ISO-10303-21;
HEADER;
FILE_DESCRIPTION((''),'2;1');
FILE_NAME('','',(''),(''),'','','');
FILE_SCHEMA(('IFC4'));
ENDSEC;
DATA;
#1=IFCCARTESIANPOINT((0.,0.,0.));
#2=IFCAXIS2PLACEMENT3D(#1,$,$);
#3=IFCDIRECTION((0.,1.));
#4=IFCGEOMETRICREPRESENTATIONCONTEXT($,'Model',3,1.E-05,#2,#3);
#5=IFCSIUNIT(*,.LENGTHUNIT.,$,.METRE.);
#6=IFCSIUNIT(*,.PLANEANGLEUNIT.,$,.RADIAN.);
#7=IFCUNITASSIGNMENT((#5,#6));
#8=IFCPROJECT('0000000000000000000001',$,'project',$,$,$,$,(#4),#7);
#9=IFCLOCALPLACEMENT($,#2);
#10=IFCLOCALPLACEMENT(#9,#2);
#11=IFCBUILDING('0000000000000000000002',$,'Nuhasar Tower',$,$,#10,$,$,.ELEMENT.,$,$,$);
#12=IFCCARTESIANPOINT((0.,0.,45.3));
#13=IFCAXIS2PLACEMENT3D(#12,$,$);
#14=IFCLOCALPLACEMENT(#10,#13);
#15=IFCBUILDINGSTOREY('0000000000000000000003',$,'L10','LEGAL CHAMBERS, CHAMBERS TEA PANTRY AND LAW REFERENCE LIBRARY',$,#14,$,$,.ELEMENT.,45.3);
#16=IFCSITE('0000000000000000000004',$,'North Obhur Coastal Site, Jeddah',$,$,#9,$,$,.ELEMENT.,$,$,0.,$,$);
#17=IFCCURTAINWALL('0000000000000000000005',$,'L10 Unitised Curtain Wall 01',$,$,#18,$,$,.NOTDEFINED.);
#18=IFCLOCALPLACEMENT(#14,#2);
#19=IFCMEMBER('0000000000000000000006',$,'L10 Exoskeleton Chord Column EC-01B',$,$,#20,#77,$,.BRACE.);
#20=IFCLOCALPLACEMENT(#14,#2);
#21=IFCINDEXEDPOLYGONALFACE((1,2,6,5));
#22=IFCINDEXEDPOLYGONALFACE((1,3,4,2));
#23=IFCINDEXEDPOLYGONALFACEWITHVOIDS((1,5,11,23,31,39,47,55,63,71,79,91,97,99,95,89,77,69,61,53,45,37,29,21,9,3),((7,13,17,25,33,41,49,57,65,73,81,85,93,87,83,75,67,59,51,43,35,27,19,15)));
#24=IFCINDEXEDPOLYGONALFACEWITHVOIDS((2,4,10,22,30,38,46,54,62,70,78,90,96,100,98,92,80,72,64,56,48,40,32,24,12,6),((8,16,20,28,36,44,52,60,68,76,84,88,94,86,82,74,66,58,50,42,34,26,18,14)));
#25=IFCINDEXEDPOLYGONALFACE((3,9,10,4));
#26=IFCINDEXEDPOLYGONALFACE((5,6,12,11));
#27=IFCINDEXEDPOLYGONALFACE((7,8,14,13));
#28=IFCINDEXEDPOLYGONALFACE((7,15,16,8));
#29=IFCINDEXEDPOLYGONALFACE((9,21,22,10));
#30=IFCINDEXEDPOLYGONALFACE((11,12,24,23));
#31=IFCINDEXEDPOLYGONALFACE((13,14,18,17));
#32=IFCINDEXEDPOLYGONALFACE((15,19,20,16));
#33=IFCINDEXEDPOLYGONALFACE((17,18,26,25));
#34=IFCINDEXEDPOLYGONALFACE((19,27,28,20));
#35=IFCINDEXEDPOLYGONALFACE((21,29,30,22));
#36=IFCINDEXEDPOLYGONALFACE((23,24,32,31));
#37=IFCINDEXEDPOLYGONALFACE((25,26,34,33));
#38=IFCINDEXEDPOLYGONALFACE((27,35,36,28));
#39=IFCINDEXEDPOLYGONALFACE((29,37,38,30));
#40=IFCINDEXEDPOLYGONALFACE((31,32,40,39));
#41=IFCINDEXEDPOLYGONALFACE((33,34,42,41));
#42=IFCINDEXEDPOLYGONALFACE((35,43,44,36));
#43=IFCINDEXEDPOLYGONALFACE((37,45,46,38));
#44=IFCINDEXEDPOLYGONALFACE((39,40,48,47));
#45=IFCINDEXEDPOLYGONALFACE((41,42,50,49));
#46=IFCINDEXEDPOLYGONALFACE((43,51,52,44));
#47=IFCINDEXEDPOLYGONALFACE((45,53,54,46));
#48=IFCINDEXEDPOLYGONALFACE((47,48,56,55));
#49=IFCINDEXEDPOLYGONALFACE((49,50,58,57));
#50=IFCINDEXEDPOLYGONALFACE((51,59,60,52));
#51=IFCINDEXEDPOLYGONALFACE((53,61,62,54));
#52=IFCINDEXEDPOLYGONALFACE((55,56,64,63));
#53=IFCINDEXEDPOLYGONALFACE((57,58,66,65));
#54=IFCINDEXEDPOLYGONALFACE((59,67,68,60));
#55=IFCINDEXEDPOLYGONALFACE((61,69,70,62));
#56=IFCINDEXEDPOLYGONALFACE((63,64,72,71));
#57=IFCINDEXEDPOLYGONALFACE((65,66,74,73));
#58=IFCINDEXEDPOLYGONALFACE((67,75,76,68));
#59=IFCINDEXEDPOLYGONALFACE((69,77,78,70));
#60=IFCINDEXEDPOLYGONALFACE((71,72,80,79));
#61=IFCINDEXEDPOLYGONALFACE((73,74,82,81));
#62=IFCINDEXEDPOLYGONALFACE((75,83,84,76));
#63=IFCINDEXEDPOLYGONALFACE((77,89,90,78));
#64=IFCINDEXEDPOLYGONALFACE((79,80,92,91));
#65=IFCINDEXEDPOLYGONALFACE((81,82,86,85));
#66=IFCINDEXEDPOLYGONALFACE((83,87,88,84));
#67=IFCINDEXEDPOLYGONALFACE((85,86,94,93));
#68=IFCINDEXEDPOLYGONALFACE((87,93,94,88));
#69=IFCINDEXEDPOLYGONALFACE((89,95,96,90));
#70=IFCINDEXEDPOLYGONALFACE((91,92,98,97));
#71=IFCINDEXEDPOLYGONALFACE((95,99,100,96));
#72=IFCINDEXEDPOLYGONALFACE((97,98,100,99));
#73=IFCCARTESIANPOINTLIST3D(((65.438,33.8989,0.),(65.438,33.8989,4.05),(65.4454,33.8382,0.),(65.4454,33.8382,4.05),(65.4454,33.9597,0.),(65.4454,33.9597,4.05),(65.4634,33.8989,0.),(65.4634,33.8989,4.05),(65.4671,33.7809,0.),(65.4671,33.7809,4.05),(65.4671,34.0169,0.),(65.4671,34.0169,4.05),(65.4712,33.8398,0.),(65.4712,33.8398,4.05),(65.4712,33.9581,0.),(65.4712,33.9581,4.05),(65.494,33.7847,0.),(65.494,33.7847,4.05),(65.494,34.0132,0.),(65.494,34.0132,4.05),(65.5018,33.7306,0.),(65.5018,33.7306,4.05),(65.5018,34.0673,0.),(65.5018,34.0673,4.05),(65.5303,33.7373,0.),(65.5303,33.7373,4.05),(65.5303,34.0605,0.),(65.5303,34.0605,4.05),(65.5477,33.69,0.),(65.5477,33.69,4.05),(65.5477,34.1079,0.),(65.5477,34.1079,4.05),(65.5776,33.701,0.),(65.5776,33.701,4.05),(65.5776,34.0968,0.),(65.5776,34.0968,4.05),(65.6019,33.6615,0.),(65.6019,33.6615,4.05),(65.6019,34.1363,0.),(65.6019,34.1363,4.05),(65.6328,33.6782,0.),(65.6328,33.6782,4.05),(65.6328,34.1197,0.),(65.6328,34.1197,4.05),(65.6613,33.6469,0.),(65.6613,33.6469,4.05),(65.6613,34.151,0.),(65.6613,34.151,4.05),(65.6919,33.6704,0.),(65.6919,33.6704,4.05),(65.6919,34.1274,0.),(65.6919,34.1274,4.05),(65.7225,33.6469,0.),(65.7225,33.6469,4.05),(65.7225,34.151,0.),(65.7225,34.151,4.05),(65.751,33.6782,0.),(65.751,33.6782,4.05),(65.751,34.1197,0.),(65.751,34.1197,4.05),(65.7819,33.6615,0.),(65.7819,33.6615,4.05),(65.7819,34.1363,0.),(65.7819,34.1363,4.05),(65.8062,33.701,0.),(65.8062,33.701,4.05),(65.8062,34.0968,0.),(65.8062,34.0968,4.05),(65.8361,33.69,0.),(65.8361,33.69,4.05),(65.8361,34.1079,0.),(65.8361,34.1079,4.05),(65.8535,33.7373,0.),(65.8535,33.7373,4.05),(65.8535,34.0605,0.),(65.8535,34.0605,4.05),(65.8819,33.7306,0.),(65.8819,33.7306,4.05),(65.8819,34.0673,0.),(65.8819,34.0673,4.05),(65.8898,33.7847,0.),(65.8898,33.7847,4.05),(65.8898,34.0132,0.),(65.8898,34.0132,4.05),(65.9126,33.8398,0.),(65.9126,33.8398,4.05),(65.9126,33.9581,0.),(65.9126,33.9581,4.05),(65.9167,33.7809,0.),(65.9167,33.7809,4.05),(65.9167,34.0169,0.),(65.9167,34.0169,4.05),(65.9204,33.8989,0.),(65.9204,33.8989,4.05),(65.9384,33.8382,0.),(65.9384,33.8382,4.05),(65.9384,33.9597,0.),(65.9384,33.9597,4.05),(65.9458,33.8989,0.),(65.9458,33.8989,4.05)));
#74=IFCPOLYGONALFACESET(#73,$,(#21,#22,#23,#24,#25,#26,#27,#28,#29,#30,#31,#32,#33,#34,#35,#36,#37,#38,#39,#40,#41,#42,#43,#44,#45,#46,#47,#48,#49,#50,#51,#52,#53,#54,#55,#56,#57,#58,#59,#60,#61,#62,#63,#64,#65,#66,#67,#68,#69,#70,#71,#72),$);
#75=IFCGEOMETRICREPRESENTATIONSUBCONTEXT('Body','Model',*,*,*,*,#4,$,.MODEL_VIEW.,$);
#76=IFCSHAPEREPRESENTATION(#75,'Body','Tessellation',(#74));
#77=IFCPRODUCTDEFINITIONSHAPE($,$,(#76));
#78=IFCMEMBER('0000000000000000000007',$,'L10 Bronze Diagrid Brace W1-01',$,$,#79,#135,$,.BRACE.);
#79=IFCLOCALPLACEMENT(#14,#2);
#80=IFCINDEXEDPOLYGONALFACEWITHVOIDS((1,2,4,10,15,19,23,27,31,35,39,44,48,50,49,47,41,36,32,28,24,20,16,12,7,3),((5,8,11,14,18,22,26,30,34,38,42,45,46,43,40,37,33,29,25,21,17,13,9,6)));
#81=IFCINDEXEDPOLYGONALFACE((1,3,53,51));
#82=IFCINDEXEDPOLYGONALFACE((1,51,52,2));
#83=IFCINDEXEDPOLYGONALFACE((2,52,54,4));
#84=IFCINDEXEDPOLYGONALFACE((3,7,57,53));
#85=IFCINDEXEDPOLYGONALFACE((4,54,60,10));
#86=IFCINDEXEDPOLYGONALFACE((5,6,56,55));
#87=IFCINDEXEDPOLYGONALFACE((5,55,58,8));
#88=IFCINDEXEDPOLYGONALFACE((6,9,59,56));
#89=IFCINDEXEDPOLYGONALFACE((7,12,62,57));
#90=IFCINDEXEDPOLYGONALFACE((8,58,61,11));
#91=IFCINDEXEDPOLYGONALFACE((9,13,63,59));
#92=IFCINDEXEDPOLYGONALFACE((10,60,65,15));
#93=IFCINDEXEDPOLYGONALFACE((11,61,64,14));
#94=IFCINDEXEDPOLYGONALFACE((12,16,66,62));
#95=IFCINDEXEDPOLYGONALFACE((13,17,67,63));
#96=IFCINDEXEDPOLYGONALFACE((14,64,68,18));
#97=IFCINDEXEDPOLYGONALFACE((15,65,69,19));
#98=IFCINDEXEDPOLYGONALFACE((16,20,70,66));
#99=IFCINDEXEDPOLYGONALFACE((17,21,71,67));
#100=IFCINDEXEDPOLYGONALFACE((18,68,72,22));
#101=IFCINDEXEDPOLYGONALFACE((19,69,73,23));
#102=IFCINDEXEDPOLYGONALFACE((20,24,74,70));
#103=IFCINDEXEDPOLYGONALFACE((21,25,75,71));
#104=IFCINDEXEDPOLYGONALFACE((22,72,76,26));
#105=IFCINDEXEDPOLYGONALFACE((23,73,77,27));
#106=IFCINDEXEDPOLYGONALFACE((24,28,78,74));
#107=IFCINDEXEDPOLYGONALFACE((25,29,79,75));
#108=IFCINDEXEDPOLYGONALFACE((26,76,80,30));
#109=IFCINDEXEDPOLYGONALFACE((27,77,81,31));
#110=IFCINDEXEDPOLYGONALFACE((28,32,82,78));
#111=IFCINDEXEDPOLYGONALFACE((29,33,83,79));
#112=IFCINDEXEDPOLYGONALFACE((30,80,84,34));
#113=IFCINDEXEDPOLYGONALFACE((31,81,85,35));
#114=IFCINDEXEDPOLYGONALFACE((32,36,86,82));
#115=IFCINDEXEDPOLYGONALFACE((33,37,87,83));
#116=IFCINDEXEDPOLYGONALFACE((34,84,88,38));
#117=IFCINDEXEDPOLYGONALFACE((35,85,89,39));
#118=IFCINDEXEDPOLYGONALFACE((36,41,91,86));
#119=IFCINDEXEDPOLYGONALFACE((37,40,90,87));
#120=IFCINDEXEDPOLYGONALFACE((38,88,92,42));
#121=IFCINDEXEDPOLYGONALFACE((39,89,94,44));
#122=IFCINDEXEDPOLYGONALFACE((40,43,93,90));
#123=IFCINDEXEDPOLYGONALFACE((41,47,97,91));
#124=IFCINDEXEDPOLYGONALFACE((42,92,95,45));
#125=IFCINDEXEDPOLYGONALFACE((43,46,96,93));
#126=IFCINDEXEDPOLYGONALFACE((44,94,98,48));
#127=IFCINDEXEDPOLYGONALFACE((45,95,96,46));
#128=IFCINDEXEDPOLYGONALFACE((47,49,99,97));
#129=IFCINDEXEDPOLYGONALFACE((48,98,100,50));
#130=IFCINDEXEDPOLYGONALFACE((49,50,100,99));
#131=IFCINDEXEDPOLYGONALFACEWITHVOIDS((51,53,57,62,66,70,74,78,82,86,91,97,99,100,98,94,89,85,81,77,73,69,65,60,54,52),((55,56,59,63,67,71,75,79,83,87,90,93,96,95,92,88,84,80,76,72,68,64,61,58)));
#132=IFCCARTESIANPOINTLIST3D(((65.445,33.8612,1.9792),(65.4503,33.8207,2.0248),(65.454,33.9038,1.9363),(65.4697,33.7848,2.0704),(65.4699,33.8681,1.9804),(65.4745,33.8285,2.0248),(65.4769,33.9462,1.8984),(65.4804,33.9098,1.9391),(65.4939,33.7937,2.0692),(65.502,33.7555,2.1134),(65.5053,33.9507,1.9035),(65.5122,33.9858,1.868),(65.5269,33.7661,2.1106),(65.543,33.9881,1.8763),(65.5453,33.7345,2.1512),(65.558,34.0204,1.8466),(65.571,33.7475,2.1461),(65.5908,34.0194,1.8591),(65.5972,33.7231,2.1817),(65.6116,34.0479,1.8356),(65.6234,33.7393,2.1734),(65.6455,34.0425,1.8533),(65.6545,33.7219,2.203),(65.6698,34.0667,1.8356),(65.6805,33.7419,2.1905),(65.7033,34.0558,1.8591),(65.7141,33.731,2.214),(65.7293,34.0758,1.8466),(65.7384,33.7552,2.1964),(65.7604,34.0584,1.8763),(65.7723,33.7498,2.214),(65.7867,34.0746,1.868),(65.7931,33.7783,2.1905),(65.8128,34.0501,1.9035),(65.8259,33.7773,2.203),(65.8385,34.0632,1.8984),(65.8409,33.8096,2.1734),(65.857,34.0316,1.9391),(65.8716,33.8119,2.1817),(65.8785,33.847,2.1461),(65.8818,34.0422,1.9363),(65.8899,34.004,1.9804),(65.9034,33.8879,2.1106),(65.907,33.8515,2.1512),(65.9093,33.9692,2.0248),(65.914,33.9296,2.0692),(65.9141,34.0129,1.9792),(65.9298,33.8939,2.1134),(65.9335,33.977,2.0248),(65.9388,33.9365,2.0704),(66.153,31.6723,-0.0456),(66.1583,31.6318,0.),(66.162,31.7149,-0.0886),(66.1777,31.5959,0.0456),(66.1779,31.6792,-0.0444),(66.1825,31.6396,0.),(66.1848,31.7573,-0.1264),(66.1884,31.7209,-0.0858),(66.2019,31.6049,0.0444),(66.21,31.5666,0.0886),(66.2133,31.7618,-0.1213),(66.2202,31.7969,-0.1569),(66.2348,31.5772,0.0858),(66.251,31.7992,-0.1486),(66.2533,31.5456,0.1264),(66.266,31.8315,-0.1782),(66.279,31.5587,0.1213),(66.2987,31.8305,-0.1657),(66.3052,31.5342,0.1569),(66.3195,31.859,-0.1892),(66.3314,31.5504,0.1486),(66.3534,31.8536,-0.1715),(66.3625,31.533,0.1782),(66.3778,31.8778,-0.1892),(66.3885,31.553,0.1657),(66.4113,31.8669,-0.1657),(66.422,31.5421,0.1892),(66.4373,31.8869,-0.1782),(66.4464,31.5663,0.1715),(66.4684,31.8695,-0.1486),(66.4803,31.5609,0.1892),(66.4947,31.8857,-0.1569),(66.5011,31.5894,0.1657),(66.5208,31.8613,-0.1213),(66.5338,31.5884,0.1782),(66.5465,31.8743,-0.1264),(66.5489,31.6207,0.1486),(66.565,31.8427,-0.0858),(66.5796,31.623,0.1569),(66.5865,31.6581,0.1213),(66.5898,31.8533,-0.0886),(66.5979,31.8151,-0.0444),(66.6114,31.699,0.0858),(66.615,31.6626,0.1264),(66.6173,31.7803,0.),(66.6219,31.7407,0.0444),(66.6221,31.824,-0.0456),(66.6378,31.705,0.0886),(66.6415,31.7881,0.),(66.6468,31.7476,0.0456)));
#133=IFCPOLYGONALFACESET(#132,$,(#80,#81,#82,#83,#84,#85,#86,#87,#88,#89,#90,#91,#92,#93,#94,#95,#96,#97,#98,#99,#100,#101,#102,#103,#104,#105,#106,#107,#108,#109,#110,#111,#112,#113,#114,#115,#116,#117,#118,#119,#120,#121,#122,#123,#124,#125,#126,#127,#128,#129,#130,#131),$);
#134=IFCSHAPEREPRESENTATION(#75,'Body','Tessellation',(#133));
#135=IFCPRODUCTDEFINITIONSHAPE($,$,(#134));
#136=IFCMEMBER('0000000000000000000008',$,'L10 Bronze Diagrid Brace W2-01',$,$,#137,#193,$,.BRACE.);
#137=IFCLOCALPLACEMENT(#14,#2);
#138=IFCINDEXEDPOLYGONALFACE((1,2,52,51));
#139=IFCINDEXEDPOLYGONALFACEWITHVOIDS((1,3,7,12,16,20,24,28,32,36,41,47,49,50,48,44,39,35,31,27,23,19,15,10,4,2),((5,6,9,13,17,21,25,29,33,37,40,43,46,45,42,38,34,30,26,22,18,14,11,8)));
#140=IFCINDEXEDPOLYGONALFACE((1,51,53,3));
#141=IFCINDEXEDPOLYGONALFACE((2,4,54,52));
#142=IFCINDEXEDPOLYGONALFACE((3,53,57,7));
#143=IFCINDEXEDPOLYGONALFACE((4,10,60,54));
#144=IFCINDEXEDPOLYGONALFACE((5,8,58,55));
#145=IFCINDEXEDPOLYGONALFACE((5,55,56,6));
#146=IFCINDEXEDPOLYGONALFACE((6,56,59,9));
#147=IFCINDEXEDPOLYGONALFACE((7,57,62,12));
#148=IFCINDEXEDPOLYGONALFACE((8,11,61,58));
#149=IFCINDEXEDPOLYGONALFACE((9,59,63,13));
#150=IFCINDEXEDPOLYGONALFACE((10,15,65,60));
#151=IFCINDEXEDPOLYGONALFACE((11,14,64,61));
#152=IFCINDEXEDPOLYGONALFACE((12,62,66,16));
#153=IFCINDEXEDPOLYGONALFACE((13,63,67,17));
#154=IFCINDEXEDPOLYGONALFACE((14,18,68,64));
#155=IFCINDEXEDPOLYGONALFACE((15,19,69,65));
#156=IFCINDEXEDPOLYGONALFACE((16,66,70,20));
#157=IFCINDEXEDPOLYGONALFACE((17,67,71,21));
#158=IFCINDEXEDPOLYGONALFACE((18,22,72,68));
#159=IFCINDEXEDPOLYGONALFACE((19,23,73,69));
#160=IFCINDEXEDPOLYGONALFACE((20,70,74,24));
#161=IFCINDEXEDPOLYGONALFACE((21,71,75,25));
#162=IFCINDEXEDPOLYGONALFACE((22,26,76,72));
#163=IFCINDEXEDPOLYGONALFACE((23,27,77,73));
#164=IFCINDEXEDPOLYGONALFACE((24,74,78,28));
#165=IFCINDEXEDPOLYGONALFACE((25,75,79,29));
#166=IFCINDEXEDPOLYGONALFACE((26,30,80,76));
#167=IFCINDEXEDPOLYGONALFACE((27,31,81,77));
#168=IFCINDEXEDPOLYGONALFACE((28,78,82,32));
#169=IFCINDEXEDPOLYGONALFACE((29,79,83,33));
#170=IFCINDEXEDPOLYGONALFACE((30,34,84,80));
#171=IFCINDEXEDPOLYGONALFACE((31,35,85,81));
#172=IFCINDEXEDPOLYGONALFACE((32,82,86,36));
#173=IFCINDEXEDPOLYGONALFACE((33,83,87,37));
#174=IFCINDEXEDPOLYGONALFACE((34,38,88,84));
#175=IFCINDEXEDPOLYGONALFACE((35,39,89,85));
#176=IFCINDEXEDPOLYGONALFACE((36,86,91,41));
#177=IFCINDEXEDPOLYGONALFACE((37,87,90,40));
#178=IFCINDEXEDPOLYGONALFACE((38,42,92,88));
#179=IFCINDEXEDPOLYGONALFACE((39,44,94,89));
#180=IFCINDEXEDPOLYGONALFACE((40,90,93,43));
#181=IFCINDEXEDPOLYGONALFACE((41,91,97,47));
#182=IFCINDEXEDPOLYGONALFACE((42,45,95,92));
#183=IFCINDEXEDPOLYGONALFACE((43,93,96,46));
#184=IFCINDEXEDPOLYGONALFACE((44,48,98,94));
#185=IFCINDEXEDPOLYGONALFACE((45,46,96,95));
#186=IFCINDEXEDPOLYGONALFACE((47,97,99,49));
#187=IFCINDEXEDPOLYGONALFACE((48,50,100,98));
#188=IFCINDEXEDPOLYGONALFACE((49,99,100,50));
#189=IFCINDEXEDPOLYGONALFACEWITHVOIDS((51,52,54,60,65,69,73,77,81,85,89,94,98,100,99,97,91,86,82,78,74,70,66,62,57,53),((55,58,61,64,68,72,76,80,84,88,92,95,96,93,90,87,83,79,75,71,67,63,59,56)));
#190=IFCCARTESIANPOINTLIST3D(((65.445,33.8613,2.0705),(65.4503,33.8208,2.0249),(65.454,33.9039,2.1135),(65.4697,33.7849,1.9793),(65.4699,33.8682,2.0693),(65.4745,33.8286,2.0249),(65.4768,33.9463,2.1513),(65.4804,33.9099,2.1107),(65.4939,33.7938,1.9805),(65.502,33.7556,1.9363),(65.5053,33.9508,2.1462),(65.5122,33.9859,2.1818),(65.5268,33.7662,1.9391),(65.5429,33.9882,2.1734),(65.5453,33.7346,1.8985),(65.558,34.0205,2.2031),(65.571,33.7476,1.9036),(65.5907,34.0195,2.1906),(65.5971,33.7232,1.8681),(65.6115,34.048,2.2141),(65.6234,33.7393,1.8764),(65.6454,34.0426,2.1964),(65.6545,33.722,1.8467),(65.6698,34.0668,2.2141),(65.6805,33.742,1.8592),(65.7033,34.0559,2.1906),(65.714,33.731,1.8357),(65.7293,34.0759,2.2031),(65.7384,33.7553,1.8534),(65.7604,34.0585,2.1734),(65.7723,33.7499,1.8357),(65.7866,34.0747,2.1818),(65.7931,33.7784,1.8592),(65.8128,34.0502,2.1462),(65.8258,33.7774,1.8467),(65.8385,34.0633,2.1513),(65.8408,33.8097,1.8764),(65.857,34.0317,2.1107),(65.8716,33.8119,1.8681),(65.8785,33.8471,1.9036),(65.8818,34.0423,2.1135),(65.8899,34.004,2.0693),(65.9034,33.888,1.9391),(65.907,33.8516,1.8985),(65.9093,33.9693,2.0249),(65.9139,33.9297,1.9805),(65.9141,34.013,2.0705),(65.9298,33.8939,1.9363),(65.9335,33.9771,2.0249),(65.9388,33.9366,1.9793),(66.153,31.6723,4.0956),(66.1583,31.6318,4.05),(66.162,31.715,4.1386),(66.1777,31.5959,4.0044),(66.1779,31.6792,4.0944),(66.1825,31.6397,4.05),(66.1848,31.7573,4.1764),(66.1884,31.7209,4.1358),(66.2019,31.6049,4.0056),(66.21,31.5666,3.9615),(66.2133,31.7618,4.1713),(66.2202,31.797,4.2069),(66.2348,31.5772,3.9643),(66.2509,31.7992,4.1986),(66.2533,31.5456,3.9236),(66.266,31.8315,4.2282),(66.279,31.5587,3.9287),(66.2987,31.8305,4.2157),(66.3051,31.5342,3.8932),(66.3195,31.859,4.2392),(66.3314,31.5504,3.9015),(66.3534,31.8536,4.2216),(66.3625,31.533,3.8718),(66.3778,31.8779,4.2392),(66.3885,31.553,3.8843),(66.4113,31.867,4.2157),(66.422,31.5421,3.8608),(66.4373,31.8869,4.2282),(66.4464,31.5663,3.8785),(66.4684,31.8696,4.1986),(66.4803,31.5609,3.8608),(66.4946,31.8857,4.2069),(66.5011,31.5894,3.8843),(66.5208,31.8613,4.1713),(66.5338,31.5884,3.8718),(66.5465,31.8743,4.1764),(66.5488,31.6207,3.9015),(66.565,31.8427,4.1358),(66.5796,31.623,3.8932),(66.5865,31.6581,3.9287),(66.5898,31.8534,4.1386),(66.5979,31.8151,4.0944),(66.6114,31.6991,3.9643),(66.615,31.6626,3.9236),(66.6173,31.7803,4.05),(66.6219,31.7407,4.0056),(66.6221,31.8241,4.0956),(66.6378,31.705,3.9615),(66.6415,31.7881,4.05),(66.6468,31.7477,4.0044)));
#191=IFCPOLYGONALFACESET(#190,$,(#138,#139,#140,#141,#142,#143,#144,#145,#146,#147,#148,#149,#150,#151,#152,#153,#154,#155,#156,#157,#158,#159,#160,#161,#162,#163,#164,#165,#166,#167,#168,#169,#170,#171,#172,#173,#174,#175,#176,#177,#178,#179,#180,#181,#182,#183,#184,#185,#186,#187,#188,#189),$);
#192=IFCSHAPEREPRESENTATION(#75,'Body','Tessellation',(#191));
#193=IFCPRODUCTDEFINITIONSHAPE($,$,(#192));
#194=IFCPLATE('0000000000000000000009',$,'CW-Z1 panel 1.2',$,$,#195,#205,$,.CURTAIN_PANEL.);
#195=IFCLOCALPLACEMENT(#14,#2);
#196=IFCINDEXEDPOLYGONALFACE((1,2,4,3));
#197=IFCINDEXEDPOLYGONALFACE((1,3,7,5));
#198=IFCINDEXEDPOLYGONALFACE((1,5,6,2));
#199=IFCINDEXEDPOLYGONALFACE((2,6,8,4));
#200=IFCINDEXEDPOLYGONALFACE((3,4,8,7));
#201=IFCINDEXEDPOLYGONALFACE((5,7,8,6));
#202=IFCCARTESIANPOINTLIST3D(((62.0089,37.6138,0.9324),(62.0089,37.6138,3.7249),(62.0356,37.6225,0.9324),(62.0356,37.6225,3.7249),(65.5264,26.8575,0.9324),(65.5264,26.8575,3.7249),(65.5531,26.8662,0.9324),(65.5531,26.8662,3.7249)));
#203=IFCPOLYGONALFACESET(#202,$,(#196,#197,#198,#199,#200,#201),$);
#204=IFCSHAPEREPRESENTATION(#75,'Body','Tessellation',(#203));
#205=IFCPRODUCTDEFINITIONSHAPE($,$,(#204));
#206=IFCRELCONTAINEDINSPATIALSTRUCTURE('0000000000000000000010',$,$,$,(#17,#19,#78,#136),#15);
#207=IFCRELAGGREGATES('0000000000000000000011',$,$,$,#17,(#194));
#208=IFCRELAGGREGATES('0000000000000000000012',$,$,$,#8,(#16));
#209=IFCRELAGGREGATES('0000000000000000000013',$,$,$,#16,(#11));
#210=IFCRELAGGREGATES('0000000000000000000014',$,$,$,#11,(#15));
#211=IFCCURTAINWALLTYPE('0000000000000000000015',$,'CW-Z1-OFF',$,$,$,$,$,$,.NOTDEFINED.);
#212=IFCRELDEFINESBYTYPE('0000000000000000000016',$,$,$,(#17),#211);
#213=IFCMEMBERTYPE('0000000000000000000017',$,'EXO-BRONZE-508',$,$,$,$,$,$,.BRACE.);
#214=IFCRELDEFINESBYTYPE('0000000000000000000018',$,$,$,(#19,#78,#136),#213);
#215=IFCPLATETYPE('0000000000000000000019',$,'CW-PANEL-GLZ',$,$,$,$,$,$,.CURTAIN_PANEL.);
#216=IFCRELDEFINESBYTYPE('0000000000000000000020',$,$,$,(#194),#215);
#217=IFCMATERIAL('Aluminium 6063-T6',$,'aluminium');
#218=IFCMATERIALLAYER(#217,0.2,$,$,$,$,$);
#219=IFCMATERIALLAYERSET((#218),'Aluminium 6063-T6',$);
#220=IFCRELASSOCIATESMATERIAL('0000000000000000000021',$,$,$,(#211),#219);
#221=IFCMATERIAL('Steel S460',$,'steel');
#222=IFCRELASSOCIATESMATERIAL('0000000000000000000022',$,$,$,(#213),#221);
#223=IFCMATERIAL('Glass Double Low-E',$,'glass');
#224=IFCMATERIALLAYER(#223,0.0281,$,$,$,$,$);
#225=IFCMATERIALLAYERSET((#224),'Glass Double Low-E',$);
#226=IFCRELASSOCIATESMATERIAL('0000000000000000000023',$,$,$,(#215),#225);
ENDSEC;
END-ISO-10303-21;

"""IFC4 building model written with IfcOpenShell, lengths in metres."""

from ifc_helpers import new_model, si_unit, direction, frame, origin, origin_2d, place, context, subcontext, project, spatial, rectangle, hollow_circle, extrude, material, layer, layer_set, material_profile, profile_set, type_object, element, aggregate, save


model = new_model("IFC4")

# Units and contexts
model_context = context("Model", 3, precision=1e-05, world=origin(), true_north=direction((0.0, 1.0)))
body_context = subcontext(model_context, "Body", "Model", "MODEL_VIEW")
ifc_project = project(units=[si_unit("LENGTHUNIT", "METRE"), si_unit("PLANEANGLEUNIT", "RADIAN")], contexts=[model_context])

# Site, building, storey
site_placement = place(None, origin())
site = spatial("IfcSite", under=ifc_project, at=site_placement, Name="North Obhur Coastal Site, Jeddah", CompositionType="ELEMENT", RefElevation=0.0)
building_placement = place(site_placement, origin())
building = spatial("IfcBuilding", under=site, at=building_placement, Name="Nuhasar Tower", CompositionType="ELEMENT")
storey_placement = place(building_placement, frame((0.0, 0.0, 45.3)))
storey = spatial("IfcBuildingStorey", under=building, at=storey_placement, Name="L10", Description="LEGAL CHAMBERS, CHAMBERS TEA PANTRY AND LAW REFERENCE LIBRARY", CompositionType="ELEMENT", Elevation=45.3)

# Curtain wall
ifc_material_1 = material(Name="Aluminium 6063-T6", Category="aluminium")
ifc_layer_1 = layer(ifc_material_1, 0.2)
ifc_layer_set_1 = layer_set([ifc_layer_1], Name="Aluminium 6063-T6")
curtain_wall_type = type_object("IfcCurtainWallType", Name="CW-Z1-OFF", PredefinedType="NOTDEFINED", material=ifc_layer_set_1)
curtain_wall_placement = place(storey_placement, origin())
curtain_wall = element("IfcCurtainWall", 1, at=curtain_wall_placement, inside=storey, type_object=curtain_wall_type, Name="L10 Unitised Curtain Wall 01", PredefinedType="NOTDEFINED")

# Members
ifc_material_2 = material(Name="Steel S460", Category="steel")
ifc_material_profile_1 = material_profile(ifc_material_2, hollow_circle(Radius=0.2539, WallThickness=0.0254, at=origin_2d()), Name="HSS508X25.4")
ifc_profile_set_1 = profile_set([ifc_material_profile_1], Name="Steel S460")
member_type_1 = type_object("IfcMemberType", Name="EXO-BRONZE-508", PredefinedType="BRACE", material=ifc_profile_set_1)
for number, where, z_axis, x_axis, name in (
    (2, (65.6919, 33.8989, 0.0), (0.0, 0.0, 1.0), (1.0, 0.0, 0.0), "L10 Exoskeleton Chord Column EC-01B"),
):
    element("IfcMember", number, at=place(storey_placement, frame(where, z_axis=z_axis, x_axis=x_axis)), inside=storey, type_object=member_type_1, Name=name, PredefinedType="BRACE", context=body_context, shape_type="SweptSolid", body=[
        extrude(hollow_circle(Radius=0.2539, WallThickness=0.0254, at=origin_2d()), origin(), (0.0, 0.0, 1.0), 4.05),
    ])
member_1_placement = place(storey_placement, frame((66.3999, 31.71, 0.0), z_axis=(-0.231012, 0.714225, 0.660694), x_axis=(-0.951468, -0.307747, 0.0)))
element("IfcMember", 3, at=member_1_placement, inside=storey, type_object=member_type_1, Name="L10 Bronze Diagrid Brace W1-01", PredefinedType="BRACE", context=body_context, shape_type="SweptSolid", body=[
    extrude(hollow_circle(Radius=0.2539, WallThickness=0.0254, at=origin_2d()), origin(), (0.0, 0.0, 1.0), 3.0647),
])
member_2_placement = place(storey_placement, frame((65.6919, 33.8989, 2.0249), z_axis=(0.231, -0.714187, 0.660739), x_axis=(0.951468, 0.307747, 0.0)))
element("IfcMember", 4, at=member_2_placement, inside=storey, type_object=member_type_1, Name="L10 Bronze Diagrid Brace W2-01", PredefinedType="BRACE", context=body_context, shape_type="SweptSolid", body=[
    extrude(hollow_circle(Radius=0.2539, WallThickness=0.0254, at=origin_2d()), origin(), (0.0, 0.0, 1.0), 3.0649),
])

# Plate
ifc_material_3 = material(Name="Glass Double Low-E", Category="glass")
ifc_layer_2 = layer(ifc_material_3, 0.0281)
ifc_layer_set_2 = layer_set([ifc_layer_2], Name="Glass Double Low-E")
plate_type_1 = type_object("IfcPlateType", Name="CW-PANEL-GLZ", PredefinedType="CURTAIN_PANEL", material=ifc_layer_set_2)
plate_1_placement = place(storey_placement, frame((63.781, 32.24, 0.9324), z_axis=(0.0, 0.0, 1.0), x_axis=(-0.310824, 0.950468, 0.0)))
plate_1 = element("IfcPlate", 5, at=plate_1_placement, type_object=plate_type_1, Name="CW-Z1 panel 1.2", PredefinedType="CURTAIN_PANEL", context=body_context, shape_type="SweptSolid", body=[
    extrude(rectangle(XDim=11.3169, YDim=0.0281, at=origin_2d()), origin(), (0.0, 0.0, 1.0), 2.7925),
])
aggregate(curtain_wall, [plate_1])

save(model, "model.ifc")
